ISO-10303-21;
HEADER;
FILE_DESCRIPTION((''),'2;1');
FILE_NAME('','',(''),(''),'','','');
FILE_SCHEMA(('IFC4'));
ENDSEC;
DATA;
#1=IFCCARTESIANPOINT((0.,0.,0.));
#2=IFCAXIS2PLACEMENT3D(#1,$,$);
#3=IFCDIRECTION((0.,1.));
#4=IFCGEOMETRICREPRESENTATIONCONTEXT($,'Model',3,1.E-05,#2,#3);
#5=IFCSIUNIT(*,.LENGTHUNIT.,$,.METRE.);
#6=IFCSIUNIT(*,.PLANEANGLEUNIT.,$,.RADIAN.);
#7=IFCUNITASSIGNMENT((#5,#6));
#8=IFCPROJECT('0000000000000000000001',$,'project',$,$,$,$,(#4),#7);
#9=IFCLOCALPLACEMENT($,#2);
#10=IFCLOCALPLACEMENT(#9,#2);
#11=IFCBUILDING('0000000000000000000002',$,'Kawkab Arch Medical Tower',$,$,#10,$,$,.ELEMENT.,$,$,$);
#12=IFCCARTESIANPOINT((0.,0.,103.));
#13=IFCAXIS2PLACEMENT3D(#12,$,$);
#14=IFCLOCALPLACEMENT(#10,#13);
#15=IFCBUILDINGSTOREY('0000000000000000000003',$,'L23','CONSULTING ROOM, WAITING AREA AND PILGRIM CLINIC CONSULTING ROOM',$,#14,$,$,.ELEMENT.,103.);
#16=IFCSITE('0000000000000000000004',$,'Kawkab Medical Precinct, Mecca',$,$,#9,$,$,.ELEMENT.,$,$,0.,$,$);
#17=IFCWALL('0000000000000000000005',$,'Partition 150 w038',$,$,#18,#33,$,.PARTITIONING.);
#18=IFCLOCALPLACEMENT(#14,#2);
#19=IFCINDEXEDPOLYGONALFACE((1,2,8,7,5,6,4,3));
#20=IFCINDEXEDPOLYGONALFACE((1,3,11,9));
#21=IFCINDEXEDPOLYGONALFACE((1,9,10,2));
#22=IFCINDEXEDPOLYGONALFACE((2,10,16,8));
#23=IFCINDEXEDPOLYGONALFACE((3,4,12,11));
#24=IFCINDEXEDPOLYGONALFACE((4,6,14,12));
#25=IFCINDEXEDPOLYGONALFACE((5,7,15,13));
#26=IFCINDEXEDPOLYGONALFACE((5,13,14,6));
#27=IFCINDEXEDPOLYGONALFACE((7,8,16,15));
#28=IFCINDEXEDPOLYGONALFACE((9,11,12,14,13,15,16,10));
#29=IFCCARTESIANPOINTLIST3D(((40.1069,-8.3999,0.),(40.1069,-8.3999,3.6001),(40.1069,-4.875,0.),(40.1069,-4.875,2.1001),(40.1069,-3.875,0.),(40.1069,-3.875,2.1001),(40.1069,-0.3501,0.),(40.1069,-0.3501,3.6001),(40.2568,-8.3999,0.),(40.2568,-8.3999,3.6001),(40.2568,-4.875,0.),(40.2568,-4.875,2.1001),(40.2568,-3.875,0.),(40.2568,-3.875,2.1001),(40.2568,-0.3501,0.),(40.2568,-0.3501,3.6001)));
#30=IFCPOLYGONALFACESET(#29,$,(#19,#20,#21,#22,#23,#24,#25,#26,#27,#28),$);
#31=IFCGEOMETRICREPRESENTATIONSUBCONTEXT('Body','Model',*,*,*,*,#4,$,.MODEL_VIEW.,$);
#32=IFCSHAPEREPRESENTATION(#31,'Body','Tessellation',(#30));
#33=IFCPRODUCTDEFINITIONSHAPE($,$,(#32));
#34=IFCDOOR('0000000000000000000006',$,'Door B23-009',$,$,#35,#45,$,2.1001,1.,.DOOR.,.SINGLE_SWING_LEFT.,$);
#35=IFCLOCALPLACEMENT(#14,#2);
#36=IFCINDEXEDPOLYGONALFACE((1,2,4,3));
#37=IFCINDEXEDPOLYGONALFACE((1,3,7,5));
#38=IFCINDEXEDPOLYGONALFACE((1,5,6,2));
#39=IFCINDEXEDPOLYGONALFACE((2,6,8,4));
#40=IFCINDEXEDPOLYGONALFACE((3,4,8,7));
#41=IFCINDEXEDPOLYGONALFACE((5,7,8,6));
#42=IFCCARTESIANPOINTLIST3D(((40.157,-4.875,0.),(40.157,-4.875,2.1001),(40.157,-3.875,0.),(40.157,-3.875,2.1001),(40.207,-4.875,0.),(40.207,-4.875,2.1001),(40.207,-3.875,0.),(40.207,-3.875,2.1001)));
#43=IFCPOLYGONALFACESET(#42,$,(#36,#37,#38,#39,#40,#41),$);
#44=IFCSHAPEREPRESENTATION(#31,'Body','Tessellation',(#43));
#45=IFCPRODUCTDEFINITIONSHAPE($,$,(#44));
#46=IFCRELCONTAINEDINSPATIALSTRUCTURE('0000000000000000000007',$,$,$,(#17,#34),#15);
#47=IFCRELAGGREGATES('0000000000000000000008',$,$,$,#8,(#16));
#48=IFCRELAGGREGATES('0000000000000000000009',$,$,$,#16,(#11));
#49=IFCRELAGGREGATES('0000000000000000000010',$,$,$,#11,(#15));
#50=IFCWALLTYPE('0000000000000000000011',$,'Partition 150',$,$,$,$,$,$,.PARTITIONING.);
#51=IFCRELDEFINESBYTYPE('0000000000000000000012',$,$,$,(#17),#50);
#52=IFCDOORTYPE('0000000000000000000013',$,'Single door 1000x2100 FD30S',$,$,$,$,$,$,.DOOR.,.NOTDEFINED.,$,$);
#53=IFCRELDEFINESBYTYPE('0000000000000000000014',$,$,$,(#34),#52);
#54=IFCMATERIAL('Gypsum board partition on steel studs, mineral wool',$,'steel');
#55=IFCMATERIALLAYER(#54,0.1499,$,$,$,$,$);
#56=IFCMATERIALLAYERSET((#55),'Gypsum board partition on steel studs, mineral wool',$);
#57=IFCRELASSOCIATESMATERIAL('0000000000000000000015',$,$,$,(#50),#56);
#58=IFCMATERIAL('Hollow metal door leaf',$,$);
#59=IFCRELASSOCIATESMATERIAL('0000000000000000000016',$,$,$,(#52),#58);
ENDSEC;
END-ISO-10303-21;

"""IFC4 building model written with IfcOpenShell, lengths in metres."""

from ifc_helpers import new_model, si_unit, direction, frame, frame_2d, origin, place, context, subcontext, project, spatial, rectangle, extrude, material, layer, layer_set, type_object, element, fill, save


model = new_model("IFC4")

# Units and contexts
model_context = context("Model", 3, precision=1e-05, world=origin(), true_north=direction((0.0, 1.0)))
body_context = subcontext(model_context, "Body", "Model", "MODEL_VIEW")
ifc_project = project(units=[si_unit("LENGTHUNIT", "METRE"), si_unit("PLANEANGLEUNIT", "RADIAN")], contexts=[model_context])

# Site, building, storey
site_placement = place(None, origin())
site = spatial("IfcSite", under=ifc_project, at=site_placement, Name="Kawkab Medical Precinct, Mecca", CompositionType="ELEMENT", RefElevation=0.0)
building_placement = place(site_placement, origin())
building = spatial("IfcBuilding", under=site, at=building_placement, Name="Kawkab Arch Medical Tower", CompositionType="ELEMENT")
storey_placement = place(building_placement, frame((0.0, 0.0, 103.0)))
storey = spatial("IfcBuildingStorey", under=building, at=storey_placement, Name="L23", Description="CONSULTING ROOM, WAITING AREA AND PILGRIM CLINIC CONSULTING ROOM", CompositionType="ELEMENT", Elevation=103.0)

# Shared definitions
ifc_material_1 = material(Name="Gypsum board partition on steel studs, mineral wool", Category="steel")
ifc_layer_1 = layer(ifc_material_1, 0.1499)
ifc_layer_set_1 = layer_set([ifc_layer_1], Name="Gypsum board partition on steel studs, mineral wool")
wall_type_1 = type_object("IfcWallType", Name="Partition 150", PredefinedType="PARTITIONING", material=ifc_layer_set_1)
ifc_material_2 = material(Name="Hollow metal door leaf")
door_type_1 = type_object("IfcDoorType", Name="Single door 1000x2100 FD30S", OperationType="NOTDEFINED", PredefinedType="DOOR", material=ifc_material_2)

# Wall, opening, door
wall_1_placement = place(storey_placement, frame((40.1819, -8.3999, 0.0), z_axis=(0.0, 0.0, 1.0), x_axis=(0.0, 1.0, 0.0)))
wall_1 = element("IfcWall", 1, at=wall_1_placement, inside=storey, type_object=wall_type_1, Name="Partition 150 w038", PredefinedType="PARTITIONING", context=body_context, shape_type="SweptSolid", body=[
    extrude(rectangle(XDim=8.0498, YDim=0.1499, at=frame_2d((4.0249, 0.0))), origin(), (0.0, 0.0, 1.0), 3.6001),
])
opening_1_placement = place(wall_1_placement, frame((3.5249, 0.0, 0.0)))
opening_1 = element("IfcOpeningElement", 2, at=opening_1_placement, cuts=wall_1, PredefinedType="OPENING", context=body_context, shape_type="SweptSolid", body=[
    extrude(rectangle(XDim=1.0, YDim=2.1001, at=frame_2d((0.5, 1.05))), frame((0.0, 0.085, 0.0), z_axis=(0.0, -1.0, 0.0), x_axis=(1.0, 0.0, 0.0)), (0.0, 0.0, 1.0), 0.1699),
])
door_1_placement = place(opening_1_placement, origin())
door_1 = element("IfcDoor", 3, at=door_1_placement, inside=storey, type_object=door_type_1, Name="Door B23-009", OperationType="SINGLE_SWING_LEFT", OverallHeight=2.1001, OverallWidth=1.0, PredefinedType="DOOR", context=body_context, shape_type="SweptSolid", body=[
    extrude(rectangle(XDim=1.0, YDim=2.1001, at=frame_2d((0.5, 1.05))), frame((0.0, 0.0249, 0.0), z_axis=(0.0, -1.0, 0.0), x_axis=(1.0, 0.0, 0.0)), (0.0, 0.0, 1.0), 0.05),
])
fill(opening_1, door_1)

save(model, "model.ifc")
